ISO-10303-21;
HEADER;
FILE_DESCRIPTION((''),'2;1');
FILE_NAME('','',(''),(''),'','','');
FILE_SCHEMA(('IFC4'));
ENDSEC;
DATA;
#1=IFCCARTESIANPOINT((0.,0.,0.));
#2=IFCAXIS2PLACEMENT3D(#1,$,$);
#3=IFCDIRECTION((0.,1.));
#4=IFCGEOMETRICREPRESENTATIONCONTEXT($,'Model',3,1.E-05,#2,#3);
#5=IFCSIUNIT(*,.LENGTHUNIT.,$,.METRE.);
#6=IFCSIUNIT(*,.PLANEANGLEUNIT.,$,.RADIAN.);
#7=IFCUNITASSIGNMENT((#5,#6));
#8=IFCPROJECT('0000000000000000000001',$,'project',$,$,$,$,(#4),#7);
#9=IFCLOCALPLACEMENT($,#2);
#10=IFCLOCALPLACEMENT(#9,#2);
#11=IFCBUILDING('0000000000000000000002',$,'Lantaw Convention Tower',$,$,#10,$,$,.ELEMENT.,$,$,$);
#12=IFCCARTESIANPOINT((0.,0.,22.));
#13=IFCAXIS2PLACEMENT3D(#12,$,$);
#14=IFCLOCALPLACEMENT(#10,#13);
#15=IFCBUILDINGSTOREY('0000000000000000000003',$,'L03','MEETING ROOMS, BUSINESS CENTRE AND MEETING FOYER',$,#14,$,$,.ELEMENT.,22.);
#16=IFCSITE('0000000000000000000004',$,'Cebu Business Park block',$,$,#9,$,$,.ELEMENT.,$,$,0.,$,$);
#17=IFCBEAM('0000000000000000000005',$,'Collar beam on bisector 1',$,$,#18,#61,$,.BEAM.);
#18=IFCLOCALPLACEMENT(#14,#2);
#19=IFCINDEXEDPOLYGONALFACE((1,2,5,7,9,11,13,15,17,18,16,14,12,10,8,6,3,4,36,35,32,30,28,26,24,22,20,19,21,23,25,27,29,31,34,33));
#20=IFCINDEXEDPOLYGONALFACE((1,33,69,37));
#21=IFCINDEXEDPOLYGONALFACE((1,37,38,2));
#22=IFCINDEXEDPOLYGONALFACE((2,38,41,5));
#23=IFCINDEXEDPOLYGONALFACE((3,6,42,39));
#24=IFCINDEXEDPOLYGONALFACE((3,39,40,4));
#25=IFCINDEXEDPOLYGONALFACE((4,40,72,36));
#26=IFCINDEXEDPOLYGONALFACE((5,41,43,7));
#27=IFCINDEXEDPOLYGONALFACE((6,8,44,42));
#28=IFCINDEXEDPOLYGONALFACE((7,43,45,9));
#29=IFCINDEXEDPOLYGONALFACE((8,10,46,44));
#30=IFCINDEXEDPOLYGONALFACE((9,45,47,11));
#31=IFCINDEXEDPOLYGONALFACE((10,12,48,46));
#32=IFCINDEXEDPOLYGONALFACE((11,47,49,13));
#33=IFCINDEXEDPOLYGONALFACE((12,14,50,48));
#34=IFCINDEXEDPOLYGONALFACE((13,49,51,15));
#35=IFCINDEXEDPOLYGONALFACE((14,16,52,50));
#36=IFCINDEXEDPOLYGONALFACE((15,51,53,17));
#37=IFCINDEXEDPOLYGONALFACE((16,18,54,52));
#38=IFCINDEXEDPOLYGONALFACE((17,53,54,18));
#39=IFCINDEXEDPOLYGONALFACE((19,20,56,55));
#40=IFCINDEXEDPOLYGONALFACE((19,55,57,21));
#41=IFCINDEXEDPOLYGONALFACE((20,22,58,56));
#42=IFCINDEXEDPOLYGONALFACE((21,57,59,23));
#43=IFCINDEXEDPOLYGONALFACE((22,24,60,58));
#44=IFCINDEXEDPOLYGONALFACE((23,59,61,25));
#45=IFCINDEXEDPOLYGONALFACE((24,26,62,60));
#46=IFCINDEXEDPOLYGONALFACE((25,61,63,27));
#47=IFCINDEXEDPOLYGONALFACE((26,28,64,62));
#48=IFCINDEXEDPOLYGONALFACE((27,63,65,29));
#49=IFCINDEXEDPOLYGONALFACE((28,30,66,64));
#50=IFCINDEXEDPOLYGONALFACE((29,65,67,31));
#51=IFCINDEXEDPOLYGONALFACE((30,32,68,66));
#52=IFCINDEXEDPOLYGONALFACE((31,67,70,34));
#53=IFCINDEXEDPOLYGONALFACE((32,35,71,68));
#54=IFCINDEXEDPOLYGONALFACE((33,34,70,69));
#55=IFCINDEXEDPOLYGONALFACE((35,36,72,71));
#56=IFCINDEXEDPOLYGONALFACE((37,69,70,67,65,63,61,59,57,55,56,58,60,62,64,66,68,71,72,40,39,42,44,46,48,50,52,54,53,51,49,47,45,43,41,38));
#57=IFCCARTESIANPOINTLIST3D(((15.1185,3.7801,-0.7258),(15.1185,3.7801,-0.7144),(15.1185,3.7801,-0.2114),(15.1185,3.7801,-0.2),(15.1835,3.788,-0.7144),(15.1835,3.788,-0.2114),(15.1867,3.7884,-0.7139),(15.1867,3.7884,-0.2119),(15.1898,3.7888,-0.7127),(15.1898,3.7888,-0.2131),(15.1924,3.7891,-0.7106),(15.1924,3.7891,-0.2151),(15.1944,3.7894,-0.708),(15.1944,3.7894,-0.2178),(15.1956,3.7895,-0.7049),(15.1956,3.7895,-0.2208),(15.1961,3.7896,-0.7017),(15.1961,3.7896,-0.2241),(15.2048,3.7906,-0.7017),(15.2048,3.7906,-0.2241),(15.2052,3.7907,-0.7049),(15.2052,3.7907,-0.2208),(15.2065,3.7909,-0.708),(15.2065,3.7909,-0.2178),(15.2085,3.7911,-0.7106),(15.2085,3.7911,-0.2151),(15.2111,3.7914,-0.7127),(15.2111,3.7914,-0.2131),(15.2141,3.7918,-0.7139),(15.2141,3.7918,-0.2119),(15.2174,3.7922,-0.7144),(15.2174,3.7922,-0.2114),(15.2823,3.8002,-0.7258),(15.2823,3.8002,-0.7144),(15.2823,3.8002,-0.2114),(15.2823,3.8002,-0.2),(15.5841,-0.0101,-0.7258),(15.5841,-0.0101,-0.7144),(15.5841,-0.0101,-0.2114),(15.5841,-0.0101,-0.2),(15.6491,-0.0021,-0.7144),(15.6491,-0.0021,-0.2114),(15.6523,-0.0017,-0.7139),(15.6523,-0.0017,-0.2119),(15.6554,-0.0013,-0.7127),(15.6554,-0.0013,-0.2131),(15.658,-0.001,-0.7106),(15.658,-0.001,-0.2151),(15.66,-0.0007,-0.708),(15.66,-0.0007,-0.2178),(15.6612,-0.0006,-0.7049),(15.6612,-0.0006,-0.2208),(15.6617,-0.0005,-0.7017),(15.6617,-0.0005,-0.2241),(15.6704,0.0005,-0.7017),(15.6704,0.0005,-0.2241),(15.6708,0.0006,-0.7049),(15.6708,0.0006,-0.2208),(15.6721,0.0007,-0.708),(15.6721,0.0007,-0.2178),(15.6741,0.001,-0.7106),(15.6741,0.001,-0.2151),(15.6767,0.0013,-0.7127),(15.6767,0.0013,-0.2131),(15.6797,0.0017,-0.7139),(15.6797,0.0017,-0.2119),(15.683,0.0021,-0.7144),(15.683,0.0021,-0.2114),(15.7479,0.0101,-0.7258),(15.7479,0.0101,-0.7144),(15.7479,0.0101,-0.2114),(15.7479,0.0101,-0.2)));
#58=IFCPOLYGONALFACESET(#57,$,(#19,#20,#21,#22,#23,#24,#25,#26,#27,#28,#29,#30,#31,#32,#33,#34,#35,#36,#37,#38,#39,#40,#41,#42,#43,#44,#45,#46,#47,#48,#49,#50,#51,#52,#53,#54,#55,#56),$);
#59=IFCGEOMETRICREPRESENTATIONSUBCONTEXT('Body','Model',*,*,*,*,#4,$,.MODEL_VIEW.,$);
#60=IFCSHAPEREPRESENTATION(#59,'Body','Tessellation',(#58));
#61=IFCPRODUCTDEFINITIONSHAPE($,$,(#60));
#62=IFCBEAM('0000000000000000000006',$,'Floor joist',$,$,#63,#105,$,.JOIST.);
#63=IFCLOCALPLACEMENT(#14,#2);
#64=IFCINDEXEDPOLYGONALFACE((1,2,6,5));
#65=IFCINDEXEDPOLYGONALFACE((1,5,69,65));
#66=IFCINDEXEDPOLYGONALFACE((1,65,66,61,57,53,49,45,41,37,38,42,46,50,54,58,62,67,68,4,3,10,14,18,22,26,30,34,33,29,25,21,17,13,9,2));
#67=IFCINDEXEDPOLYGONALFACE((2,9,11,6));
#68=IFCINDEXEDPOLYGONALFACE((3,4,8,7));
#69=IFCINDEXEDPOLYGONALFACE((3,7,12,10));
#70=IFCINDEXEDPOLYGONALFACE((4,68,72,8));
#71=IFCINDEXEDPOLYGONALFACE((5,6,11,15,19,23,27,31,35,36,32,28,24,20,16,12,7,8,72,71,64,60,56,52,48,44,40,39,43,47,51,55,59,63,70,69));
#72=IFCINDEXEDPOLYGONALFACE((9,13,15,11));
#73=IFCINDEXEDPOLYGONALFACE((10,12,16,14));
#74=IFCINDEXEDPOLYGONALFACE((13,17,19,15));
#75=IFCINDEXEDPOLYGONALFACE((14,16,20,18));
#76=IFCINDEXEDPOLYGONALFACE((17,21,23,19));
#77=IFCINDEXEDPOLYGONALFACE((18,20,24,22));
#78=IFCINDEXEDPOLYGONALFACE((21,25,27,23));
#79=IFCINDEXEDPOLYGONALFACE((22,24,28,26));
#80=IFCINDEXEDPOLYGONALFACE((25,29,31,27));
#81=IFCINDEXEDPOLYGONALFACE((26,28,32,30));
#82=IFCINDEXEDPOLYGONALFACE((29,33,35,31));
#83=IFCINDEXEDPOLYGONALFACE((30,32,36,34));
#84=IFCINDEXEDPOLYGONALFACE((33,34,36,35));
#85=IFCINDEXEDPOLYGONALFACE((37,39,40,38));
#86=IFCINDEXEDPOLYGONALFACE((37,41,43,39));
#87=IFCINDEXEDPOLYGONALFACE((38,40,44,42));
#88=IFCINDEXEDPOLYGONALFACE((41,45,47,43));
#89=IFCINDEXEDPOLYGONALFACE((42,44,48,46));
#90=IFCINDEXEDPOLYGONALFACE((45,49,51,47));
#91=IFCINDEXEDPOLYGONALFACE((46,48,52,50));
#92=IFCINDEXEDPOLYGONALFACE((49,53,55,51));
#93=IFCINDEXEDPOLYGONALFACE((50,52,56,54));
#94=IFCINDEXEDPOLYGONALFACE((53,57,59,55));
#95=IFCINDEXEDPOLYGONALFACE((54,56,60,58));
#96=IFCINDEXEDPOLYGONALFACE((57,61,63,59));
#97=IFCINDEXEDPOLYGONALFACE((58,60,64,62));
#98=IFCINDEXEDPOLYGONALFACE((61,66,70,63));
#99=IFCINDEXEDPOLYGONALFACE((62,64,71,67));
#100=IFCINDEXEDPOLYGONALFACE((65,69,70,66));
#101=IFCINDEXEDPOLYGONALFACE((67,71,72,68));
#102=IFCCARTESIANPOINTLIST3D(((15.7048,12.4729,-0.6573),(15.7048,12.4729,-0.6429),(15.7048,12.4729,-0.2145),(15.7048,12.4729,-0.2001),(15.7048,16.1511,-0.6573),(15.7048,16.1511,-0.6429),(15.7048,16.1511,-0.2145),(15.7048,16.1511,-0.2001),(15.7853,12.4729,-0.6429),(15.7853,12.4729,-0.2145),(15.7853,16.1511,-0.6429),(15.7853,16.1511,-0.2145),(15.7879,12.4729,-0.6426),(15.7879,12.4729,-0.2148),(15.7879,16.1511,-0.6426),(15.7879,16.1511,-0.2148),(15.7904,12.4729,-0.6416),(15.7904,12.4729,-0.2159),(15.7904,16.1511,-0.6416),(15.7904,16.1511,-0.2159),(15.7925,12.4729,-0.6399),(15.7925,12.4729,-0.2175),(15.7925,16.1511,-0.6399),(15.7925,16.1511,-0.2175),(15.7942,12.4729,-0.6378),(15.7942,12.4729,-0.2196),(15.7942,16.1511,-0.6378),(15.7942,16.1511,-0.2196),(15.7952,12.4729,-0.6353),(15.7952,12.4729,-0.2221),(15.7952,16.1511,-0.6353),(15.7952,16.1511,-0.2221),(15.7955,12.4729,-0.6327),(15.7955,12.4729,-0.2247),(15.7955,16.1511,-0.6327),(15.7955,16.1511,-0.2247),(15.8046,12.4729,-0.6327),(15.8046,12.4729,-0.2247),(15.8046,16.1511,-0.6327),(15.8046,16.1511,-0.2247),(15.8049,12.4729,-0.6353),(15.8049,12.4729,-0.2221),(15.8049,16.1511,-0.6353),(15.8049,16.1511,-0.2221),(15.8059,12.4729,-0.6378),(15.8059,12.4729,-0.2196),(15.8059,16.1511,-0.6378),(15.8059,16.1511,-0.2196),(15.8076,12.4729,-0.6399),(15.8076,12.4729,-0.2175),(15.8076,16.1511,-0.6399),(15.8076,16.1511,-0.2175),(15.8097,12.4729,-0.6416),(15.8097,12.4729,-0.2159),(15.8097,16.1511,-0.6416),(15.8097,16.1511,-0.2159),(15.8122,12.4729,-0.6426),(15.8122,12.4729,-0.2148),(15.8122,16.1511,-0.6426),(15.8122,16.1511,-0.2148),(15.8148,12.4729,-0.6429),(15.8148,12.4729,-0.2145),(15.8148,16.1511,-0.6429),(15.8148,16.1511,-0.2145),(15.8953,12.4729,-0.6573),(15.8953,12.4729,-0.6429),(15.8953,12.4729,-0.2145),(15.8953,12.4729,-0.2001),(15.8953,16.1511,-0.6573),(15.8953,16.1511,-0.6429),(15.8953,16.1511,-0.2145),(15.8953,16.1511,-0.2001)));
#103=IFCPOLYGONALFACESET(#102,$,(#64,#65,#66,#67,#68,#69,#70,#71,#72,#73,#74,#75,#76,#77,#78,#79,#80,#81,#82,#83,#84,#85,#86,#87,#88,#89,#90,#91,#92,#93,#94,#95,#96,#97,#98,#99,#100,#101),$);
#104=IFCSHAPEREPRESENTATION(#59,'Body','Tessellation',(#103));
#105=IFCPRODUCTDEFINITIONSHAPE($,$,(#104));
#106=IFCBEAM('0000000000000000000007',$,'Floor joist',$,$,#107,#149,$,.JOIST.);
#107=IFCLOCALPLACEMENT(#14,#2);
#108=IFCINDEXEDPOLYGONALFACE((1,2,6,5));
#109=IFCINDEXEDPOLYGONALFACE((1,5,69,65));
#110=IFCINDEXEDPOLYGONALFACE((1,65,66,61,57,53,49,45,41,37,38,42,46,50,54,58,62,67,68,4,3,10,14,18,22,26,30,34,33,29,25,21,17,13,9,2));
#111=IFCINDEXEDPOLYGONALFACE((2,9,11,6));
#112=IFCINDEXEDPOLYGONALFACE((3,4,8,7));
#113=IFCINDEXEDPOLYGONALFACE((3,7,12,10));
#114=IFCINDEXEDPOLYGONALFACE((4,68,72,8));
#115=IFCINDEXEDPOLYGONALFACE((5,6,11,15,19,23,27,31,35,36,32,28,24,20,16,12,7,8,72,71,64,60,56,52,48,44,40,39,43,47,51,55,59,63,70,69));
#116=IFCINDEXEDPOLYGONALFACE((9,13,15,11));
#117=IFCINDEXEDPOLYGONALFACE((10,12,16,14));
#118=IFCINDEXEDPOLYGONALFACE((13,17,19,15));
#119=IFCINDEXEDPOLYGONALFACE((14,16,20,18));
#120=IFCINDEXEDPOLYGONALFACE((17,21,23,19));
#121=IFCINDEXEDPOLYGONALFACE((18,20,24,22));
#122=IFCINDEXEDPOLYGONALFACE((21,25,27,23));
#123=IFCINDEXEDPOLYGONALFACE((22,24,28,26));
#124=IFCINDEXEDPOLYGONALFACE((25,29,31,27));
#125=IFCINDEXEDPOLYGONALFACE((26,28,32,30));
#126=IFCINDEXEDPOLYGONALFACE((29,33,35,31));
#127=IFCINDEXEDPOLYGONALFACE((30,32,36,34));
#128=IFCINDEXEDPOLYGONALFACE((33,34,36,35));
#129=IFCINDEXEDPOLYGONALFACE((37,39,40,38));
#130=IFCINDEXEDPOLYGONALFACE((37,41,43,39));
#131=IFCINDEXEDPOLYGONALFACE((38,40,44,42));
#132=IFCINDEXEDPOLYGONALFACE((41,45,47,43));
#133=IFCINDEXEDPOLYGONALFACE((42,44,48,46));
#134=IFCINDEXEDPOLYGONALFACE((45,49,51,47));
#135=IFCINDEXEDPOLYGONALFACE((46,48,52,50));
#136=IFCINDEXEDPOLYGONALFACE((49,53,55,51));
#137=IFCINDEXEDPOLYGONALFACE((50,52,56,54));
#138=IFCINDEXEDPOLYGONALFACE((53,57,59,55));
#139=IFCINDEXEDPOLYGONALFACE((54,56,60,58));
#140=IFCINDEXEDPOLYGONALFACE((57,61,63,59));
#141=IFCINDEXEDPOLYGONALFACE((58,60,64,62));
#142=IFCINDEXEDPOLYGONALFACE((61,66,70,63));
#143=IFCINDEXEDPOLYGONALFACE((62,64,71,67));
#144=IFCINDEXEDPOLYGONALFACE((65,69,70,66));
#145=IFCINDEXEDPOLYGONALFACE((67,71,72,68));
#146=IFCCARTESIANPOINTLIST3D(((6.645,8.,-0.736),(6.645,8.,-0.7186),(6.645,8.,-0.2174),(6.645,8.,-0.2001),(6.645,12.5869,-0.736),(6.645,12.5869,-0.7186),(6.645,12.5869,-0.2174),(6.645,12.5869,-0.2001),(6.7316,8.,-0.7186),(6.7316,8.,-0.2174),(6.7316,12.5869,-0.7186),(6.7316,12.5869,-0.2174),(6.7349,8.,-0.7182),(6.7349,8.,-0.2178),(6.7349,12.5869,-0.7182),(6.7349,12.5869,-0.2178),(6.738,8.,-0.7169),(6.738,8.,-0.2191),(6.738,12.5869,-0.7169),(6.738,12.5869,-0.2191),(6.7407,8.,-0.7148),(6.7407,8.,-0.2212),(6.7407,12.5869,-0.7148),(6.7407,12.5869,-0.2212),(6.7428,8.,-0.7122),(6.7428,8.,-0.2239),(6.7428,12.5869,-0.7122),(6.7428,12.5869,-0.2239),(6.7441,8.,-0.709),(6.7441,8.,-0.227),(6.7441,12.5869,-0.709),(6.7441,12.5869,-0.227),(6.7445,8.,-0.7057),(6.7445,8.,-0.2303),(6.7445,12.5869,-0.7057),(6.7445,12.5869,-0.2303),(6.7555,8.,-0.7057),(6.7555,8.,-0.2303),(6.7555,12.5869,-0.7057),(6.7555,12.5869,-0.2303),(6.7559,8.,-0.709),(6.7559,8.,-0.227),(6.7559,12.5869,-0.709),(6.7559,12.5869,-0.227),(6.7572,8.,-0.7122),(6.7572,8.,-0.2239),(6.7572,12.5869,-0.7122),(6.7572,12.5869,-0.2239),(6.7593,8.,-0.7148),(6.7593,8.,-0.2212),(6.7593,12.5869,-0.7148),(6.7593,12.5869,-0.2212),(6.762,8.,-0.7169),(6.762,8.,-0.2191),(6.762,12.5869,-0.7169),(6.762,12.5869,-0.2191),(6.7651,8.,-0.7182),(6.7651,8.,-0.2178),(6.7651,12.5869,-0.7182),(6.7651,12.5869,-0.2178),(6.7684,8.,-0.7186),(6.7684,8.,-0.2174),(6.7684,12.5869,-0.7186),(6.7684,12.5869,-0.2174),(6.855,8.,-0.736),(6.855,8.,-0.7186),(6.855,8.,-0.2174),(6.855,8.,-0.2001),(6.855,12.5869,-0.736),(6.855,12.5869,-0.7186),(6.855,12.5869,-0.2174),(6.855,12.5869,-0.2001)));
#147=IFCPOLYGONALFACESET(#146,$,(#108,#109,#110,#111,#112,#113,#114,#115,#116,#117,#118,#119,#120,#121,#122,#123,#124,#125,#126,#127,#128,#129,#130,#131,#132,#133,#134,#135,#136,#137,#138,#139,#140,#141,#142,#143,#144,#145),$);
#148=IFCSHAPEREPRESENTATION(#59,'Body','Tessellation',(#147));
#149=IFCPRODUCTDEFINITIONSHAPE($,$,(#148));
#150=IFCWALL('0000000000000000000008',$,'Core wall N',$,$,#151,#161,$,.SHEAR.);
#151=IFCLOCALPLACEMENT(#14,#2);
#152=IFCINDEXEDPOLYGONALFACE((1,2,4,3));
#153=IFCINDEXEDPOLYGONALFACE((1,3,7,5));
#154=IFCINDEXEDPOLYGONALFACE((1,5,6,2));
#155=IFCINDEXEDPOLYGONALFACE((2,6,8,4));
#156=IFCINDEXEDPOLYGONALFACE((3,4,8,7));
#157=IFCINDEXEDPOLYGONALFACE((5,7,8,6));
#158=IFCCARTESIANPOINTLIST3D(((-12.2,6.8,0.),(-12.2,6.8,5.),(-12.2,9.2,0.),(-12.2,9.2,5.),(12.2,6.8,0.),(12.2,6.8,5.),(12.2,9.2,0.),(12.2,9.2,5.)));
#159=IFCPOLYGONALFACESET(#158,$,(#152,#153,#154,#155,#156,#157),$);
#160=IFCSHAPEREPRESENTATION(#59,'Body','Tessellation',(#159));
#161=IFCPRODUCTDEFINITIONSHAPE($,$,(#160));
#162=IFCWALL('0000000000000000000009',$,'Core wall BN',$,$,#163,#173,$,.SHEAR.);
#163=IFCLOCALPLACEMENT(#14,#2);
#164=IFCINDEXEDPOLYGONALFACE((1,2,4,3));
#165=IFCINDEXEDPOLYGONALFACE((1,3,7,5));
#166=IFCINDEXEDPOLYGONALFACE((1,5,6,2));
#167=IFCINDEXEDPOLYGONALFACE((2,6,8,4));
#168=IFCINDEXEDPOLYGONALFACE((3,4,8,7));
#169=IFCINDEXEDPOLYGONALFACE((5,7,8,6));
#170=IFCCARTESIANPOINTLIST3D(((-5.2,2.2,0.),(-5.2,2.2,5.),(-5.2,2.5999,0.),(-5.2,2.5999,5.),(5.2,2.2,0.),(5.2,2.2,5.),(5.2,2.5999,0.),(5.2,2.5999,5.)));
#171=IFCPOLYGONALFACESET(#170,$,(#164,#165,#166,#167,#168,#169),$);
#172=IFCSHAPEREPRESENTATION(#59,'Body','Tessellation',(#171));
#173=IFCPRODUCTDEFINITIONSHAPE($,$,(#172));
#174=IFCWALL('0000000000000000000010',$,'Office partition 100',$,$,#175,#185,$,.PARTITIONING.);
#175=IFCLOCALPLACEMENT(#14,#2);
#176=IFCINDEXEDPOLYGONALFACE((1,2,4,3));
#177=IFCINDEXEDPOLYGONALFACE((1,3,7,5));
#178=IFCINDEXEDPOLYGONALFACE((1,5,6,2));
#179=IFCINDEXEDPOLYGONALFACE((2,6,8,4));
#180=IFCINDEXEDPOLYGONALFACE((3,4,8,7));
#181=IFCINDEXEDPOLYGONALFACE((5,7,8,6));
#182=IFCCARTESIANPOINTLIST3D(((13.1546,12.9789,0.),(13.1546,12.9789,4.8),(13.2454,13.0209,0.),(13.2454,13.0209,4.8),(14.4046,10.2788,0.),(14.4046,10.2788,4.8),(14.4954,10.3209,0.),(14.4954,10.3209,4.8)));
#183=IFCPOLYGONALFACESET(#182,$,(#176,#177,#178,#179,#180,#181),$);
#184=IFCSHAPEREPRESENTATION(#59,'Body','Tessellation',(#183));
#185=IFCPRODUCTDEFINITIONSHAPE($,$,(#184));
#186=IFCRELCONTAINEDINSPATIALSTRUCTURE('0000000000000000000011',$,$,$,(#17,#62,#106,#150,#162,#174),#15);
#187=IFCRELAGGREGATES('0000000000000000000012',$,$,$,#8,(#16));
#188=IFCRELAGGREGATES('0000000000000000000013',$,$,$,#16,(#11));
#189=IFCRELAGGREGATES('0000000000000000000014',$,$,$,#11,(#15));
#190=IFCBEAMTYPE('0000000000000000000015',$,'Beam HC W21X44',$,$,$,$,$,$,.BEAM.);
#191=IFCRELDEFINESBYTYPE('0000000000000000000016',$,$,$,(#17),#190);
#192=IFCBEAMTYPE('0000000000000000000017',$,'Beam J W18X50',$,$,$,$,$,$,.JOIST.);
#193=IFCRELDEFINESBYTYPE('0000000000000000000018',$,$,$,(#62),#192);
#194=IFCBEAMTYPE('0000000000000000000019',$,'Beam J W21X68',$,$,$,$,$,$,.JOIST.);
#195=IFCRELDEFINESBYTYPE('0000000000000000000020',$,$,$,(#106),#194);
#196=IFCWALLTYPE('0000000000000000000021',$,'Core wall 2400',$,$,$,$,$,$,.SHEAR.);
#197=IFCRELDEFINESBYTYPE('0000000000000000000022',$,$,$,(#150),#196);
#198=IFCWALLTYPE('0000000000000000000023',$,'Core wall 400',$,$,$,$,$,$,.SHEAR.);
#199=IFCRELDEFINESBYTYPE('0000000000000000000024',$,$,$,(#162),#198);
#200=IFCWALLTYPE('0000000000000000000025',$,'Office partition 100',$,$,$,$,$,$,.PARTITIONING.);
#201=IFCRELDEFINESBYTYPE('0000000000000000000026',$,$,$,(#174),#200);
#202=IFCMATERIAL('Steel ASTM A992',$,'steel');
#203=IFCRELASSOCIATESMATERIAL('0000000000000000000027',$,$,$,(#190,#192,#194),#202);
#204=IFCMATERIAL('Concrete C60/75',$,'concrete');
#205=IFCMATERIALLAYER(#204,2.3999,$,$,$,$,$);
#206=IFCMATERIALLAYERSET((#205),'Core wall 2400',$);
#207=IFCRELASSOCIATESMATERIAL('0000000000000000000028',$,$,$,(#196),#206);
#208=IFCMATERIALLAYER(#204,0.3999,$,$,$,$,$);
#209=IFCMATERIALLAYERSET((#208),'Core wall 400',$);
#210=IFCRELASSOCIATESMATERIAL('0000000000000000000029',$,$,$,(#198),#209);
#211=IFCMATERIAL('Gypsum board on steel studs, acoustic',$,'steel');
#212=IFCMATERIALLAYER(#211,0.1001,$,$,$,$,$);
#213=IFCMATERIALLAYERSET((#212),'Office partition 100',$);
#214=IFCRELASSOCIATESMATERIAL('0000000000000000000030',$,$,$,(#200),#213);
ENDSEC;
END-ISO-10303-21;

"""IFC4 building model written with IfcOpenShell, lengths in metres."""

from ifc_helpers import new_model, si_unit, direction, frame, frame_2d, origin, origin_2d, place, context, subcontext, project, spatial, rectangle, i_section, extrude, material, layer, layer_set, material_profile, profile_set, type_object, element, save


model = new_model("IFC4")

# Units and contexts
model_context = context("Model", 3, precision=1e-05, world=origin(), true_north=direction((0.0, 1.0)))
body_context = subcontext(model_context, "Body", "Model", "MODEL_VIEW")
ifc_project = project(units=[si_unit("LENGTHUNIT", "METRE"), si_unit("PLANEANGLEUNIT", "RADIAN")], contexts=[model_context])

# Site, building, storey
site_placement = place(None, origin())
site = spatial("IfcSite", under=ifc_project, at=site_placement, Name="Cebu Business Park block", CompositionType="ELEMENT", RefElevation=0.0)
building_placement = place(site_placement, origin())
building = spatial("IfcBuilding", under=site, at=building_placement, Name="Lantaw Convention Tower", CompositionType="ELEMENT")
storey_placement = place(building_placement, frame((0.0, 0.0, 22.0)))
storey = spatial("IfcBuildingStorey", under=building, at=storey_placement, Name="L03", Description="MEETING ROOMS, BUSINESS CENTRE AND MEETING FOYER", CompositionType="ELEMENT", Elevation=22.0)

# Shared definitions
ifc_material_1 = material(Name="Concrete C60/75", Category="concrete")

# Beams
ifc_material_2 = material(Name="Steel ASTM A992", Category="steel")
ifc_material_profile_1 = material_profile(ifc_material_2, i_section(OverallWidth=0.165, OverallDepth=0.5259, WebThickness=0.0088, FlangeThickness=0.0115, FilletRadius=0.0127, at=origin_2d()), Name="W21X44")
ifc_profile_set_1 = profile_set([ifc_material_profile_1], Name="Steel ASTM A992")
beam_type_1 = type_object("IfcBeamType", Name="Beam HC W21X44", PredefinedType="BEAM", material=ifc_profile_set_1)
beam_1_placement = place(storey_placement, frame((15.666, 0.0, -0.4629), z_axis=(-0.121926, 0.992539, 0.0), x_axis=(-0.992539, -0.121926, 0.0)))
element("IfcBeam", 1, at=beam_1_placement, inside=storey, type_object=beam_type_1, Name="Collar beam on bisector 1", PredefinedType="BEAM", context=body_context, shape_type="SweptSolid", body=[
    extrude(i_section(OverallWidth=0.165, OverallDepth=0.5259, WebThickness=0.0088, FlangeThickness=0.0115, FilletRadius=0.0127, at=origin_2d()), origin(), (0.0, 0.0, 1.0), 3.8186),
])
ifc_material_profile_2 = material_profile(ifc_material_2, i_section(OverallWidth=0.1904, OverallDepth=0.4573, WebThickness=0.009, FlangeThickness=0.0144, FilletRadius=0.0103, at=origin_2d()), Name="W18X50")
ifc_profile_set_2 = profile_set([ifc_material_profile_2], Name="Steel ASTM A992")
beam_type_2 = type_object("IfcBeamType", Name="Beam J W18X50", PredefinedType="JOIST", material=ifc_profile_set_2)
beam_2_placement = place(storey_placement, frame((15.8, 12.4729, -0.4287), z_axis=(0.0, 1.0, 0.0), x_axis=(-1.0, 0.0, 0.0)))
element("IfcBeam", 2, at=beam_2_placement, inside=storey, type_object=beam_type_2, Name="Floor joist", PredefinedType="JOIST", context=body_context, shape_type="SweptSolid", body=[
    extrude(i_section(OverallWidth=0.1904, OverallDepth=0.4573, WebThickness=0.009, FlangeThickness=0.0144, FilletRadius=0.0103, at=origin_2d()), origin(), (0.0, 0.0, 1.0), 3.6782),
])
ifc_material_profile_3 = material_profile(ifc_material_2, i_section(OverallWidth=0.21, OverallDepth=0.5359, WebThickness=0.011, FlangeThickness=0.0173, FilletRadius=0.0129, at=origin_2d()), Name="W21X68")
ifc_profile_set_3 = profile_set([ifc_material_profile_3], Name="Steel ASTM A992")
beam_type_3 = type_object("IfcBeamType", Name="Beam J W21X68", PredefinedType="JOIST", material=ifc_profile_set_3)
beam_3_placement = place(storey_placement, frame((6.75, 8.0, -0.468), z_axis=(0.0, 1.0, 0.0), x_axis=(-1.0, 0.0, 0.0)))
element("IfcBeam", 3, at=beam_3_placement, inside=storey, type_object=beam_type_3, Name="Floor joist", PredefinedType="JOIST", context=body_context, shape_type="SweptSolid", body=[
    extrude(i_section(OverallWidth=0.21, OverallDepth=0.5359, WebThickness=0.011, FlangeThickness=0.0173, FilletRadius=0.0129, at=origin_2d()), origin(), (0.0, 0.0, 1.0), 4.5869),
])

# Walls
ifc_layer_1 = layer(ifc_material_1, 2.3999)
ifc_layer_set_1 = layer_set([ifc_layer_1], Name="Core wall 2400")
wall_type_1 = type_object("IfcWallType", Name="Core wall 2400", PredefinedType="SHEAR", material=ifc_layer_set_1)
wall_1_placement = place(storey_placement, frame((12.2, 8.0, 0.0), z_axis=(0.0, 0.0, 1.0), x_axis=(-1.0, 0.0, 0.0)))
element("IfcWall", 4, at=wall_1_placement, inside=storey, type_object=wall_type_1, Name="Core wall N", PredefinedType="SHEAR", context=body_context, shape_type="SweptSolid", body=[
    extrude(rectangle(XDim=24.3999, YDim=2.3999, at=frame_2d((12.2, 0.0))), origin(), (0.0, 0.0, 1.0), 5.0),
])
ifc_layer_2 = layer(ifc_material_1, 0.3999)
ifc_layer_set_2 = layer_set([ifc_layer_2], Name="Core wall 400")
wall_type_2 = type_object("IfcWallType", Name="Core wall 400", PredefinedType="SHEAR", material=ifc_layer_set_2)
wall_2_placement = place(storey_placement, frame((5.2, 2.3999, 0.0), z_axis=(0.0, 0.0, 1.0), x_axis=(-1.0, 0.0, 0.0)))
element("IfcWall", 5, at=wall_2_placement, inside=storey, type_object=wall_type_2, Name="Core wall BN", PredefinedType="SHEAR", context=body_context, shape_type="SweptSolid", body=[
    extrude(rectangle(XDim=10.3999, YDim=0.3999, at=frame_2d((5.2, 0.0))), origin(), (0.0, 0.0, 1.0), 5.0),
])
ifc_material_3 = material(Name="Gypsum board on steel studs, acoustic", Category="steel")
ifc_layer_3 = layer(ifc_material_3, 0.1001)
ifc_layer_set_3 = layer_set([ifc_layer_3], Name="Office partition 100")
wall_type_3 = type_object("IfcWallType", Name="Office partition 100", PredefinedType="PARTITIONING", material=ifc_layer_set_3)
wall_3_placement = place(storey_placement, frame((13.2, 13.0, 0.0), z_axis=(0.0, 0.0, 1.0), x_axis=(0.42013, -0.907464, 0.0)))
element("IfcWall", 6, at=wall_3_placement, inside=storey, type_object=wall_type_3, Name="Office partition 100", PredefinedType="PARTITIONING", context=body_context, shape_type="SweptSolid", body=[
    extrude(rectangle(XDim=2.9753, YDim=0.1001, at=frame_2d((1.4878, 0.0))), origin(), (0.0, 0.0, 1.0), 4.8),
])

save(model, "model.ifc")
